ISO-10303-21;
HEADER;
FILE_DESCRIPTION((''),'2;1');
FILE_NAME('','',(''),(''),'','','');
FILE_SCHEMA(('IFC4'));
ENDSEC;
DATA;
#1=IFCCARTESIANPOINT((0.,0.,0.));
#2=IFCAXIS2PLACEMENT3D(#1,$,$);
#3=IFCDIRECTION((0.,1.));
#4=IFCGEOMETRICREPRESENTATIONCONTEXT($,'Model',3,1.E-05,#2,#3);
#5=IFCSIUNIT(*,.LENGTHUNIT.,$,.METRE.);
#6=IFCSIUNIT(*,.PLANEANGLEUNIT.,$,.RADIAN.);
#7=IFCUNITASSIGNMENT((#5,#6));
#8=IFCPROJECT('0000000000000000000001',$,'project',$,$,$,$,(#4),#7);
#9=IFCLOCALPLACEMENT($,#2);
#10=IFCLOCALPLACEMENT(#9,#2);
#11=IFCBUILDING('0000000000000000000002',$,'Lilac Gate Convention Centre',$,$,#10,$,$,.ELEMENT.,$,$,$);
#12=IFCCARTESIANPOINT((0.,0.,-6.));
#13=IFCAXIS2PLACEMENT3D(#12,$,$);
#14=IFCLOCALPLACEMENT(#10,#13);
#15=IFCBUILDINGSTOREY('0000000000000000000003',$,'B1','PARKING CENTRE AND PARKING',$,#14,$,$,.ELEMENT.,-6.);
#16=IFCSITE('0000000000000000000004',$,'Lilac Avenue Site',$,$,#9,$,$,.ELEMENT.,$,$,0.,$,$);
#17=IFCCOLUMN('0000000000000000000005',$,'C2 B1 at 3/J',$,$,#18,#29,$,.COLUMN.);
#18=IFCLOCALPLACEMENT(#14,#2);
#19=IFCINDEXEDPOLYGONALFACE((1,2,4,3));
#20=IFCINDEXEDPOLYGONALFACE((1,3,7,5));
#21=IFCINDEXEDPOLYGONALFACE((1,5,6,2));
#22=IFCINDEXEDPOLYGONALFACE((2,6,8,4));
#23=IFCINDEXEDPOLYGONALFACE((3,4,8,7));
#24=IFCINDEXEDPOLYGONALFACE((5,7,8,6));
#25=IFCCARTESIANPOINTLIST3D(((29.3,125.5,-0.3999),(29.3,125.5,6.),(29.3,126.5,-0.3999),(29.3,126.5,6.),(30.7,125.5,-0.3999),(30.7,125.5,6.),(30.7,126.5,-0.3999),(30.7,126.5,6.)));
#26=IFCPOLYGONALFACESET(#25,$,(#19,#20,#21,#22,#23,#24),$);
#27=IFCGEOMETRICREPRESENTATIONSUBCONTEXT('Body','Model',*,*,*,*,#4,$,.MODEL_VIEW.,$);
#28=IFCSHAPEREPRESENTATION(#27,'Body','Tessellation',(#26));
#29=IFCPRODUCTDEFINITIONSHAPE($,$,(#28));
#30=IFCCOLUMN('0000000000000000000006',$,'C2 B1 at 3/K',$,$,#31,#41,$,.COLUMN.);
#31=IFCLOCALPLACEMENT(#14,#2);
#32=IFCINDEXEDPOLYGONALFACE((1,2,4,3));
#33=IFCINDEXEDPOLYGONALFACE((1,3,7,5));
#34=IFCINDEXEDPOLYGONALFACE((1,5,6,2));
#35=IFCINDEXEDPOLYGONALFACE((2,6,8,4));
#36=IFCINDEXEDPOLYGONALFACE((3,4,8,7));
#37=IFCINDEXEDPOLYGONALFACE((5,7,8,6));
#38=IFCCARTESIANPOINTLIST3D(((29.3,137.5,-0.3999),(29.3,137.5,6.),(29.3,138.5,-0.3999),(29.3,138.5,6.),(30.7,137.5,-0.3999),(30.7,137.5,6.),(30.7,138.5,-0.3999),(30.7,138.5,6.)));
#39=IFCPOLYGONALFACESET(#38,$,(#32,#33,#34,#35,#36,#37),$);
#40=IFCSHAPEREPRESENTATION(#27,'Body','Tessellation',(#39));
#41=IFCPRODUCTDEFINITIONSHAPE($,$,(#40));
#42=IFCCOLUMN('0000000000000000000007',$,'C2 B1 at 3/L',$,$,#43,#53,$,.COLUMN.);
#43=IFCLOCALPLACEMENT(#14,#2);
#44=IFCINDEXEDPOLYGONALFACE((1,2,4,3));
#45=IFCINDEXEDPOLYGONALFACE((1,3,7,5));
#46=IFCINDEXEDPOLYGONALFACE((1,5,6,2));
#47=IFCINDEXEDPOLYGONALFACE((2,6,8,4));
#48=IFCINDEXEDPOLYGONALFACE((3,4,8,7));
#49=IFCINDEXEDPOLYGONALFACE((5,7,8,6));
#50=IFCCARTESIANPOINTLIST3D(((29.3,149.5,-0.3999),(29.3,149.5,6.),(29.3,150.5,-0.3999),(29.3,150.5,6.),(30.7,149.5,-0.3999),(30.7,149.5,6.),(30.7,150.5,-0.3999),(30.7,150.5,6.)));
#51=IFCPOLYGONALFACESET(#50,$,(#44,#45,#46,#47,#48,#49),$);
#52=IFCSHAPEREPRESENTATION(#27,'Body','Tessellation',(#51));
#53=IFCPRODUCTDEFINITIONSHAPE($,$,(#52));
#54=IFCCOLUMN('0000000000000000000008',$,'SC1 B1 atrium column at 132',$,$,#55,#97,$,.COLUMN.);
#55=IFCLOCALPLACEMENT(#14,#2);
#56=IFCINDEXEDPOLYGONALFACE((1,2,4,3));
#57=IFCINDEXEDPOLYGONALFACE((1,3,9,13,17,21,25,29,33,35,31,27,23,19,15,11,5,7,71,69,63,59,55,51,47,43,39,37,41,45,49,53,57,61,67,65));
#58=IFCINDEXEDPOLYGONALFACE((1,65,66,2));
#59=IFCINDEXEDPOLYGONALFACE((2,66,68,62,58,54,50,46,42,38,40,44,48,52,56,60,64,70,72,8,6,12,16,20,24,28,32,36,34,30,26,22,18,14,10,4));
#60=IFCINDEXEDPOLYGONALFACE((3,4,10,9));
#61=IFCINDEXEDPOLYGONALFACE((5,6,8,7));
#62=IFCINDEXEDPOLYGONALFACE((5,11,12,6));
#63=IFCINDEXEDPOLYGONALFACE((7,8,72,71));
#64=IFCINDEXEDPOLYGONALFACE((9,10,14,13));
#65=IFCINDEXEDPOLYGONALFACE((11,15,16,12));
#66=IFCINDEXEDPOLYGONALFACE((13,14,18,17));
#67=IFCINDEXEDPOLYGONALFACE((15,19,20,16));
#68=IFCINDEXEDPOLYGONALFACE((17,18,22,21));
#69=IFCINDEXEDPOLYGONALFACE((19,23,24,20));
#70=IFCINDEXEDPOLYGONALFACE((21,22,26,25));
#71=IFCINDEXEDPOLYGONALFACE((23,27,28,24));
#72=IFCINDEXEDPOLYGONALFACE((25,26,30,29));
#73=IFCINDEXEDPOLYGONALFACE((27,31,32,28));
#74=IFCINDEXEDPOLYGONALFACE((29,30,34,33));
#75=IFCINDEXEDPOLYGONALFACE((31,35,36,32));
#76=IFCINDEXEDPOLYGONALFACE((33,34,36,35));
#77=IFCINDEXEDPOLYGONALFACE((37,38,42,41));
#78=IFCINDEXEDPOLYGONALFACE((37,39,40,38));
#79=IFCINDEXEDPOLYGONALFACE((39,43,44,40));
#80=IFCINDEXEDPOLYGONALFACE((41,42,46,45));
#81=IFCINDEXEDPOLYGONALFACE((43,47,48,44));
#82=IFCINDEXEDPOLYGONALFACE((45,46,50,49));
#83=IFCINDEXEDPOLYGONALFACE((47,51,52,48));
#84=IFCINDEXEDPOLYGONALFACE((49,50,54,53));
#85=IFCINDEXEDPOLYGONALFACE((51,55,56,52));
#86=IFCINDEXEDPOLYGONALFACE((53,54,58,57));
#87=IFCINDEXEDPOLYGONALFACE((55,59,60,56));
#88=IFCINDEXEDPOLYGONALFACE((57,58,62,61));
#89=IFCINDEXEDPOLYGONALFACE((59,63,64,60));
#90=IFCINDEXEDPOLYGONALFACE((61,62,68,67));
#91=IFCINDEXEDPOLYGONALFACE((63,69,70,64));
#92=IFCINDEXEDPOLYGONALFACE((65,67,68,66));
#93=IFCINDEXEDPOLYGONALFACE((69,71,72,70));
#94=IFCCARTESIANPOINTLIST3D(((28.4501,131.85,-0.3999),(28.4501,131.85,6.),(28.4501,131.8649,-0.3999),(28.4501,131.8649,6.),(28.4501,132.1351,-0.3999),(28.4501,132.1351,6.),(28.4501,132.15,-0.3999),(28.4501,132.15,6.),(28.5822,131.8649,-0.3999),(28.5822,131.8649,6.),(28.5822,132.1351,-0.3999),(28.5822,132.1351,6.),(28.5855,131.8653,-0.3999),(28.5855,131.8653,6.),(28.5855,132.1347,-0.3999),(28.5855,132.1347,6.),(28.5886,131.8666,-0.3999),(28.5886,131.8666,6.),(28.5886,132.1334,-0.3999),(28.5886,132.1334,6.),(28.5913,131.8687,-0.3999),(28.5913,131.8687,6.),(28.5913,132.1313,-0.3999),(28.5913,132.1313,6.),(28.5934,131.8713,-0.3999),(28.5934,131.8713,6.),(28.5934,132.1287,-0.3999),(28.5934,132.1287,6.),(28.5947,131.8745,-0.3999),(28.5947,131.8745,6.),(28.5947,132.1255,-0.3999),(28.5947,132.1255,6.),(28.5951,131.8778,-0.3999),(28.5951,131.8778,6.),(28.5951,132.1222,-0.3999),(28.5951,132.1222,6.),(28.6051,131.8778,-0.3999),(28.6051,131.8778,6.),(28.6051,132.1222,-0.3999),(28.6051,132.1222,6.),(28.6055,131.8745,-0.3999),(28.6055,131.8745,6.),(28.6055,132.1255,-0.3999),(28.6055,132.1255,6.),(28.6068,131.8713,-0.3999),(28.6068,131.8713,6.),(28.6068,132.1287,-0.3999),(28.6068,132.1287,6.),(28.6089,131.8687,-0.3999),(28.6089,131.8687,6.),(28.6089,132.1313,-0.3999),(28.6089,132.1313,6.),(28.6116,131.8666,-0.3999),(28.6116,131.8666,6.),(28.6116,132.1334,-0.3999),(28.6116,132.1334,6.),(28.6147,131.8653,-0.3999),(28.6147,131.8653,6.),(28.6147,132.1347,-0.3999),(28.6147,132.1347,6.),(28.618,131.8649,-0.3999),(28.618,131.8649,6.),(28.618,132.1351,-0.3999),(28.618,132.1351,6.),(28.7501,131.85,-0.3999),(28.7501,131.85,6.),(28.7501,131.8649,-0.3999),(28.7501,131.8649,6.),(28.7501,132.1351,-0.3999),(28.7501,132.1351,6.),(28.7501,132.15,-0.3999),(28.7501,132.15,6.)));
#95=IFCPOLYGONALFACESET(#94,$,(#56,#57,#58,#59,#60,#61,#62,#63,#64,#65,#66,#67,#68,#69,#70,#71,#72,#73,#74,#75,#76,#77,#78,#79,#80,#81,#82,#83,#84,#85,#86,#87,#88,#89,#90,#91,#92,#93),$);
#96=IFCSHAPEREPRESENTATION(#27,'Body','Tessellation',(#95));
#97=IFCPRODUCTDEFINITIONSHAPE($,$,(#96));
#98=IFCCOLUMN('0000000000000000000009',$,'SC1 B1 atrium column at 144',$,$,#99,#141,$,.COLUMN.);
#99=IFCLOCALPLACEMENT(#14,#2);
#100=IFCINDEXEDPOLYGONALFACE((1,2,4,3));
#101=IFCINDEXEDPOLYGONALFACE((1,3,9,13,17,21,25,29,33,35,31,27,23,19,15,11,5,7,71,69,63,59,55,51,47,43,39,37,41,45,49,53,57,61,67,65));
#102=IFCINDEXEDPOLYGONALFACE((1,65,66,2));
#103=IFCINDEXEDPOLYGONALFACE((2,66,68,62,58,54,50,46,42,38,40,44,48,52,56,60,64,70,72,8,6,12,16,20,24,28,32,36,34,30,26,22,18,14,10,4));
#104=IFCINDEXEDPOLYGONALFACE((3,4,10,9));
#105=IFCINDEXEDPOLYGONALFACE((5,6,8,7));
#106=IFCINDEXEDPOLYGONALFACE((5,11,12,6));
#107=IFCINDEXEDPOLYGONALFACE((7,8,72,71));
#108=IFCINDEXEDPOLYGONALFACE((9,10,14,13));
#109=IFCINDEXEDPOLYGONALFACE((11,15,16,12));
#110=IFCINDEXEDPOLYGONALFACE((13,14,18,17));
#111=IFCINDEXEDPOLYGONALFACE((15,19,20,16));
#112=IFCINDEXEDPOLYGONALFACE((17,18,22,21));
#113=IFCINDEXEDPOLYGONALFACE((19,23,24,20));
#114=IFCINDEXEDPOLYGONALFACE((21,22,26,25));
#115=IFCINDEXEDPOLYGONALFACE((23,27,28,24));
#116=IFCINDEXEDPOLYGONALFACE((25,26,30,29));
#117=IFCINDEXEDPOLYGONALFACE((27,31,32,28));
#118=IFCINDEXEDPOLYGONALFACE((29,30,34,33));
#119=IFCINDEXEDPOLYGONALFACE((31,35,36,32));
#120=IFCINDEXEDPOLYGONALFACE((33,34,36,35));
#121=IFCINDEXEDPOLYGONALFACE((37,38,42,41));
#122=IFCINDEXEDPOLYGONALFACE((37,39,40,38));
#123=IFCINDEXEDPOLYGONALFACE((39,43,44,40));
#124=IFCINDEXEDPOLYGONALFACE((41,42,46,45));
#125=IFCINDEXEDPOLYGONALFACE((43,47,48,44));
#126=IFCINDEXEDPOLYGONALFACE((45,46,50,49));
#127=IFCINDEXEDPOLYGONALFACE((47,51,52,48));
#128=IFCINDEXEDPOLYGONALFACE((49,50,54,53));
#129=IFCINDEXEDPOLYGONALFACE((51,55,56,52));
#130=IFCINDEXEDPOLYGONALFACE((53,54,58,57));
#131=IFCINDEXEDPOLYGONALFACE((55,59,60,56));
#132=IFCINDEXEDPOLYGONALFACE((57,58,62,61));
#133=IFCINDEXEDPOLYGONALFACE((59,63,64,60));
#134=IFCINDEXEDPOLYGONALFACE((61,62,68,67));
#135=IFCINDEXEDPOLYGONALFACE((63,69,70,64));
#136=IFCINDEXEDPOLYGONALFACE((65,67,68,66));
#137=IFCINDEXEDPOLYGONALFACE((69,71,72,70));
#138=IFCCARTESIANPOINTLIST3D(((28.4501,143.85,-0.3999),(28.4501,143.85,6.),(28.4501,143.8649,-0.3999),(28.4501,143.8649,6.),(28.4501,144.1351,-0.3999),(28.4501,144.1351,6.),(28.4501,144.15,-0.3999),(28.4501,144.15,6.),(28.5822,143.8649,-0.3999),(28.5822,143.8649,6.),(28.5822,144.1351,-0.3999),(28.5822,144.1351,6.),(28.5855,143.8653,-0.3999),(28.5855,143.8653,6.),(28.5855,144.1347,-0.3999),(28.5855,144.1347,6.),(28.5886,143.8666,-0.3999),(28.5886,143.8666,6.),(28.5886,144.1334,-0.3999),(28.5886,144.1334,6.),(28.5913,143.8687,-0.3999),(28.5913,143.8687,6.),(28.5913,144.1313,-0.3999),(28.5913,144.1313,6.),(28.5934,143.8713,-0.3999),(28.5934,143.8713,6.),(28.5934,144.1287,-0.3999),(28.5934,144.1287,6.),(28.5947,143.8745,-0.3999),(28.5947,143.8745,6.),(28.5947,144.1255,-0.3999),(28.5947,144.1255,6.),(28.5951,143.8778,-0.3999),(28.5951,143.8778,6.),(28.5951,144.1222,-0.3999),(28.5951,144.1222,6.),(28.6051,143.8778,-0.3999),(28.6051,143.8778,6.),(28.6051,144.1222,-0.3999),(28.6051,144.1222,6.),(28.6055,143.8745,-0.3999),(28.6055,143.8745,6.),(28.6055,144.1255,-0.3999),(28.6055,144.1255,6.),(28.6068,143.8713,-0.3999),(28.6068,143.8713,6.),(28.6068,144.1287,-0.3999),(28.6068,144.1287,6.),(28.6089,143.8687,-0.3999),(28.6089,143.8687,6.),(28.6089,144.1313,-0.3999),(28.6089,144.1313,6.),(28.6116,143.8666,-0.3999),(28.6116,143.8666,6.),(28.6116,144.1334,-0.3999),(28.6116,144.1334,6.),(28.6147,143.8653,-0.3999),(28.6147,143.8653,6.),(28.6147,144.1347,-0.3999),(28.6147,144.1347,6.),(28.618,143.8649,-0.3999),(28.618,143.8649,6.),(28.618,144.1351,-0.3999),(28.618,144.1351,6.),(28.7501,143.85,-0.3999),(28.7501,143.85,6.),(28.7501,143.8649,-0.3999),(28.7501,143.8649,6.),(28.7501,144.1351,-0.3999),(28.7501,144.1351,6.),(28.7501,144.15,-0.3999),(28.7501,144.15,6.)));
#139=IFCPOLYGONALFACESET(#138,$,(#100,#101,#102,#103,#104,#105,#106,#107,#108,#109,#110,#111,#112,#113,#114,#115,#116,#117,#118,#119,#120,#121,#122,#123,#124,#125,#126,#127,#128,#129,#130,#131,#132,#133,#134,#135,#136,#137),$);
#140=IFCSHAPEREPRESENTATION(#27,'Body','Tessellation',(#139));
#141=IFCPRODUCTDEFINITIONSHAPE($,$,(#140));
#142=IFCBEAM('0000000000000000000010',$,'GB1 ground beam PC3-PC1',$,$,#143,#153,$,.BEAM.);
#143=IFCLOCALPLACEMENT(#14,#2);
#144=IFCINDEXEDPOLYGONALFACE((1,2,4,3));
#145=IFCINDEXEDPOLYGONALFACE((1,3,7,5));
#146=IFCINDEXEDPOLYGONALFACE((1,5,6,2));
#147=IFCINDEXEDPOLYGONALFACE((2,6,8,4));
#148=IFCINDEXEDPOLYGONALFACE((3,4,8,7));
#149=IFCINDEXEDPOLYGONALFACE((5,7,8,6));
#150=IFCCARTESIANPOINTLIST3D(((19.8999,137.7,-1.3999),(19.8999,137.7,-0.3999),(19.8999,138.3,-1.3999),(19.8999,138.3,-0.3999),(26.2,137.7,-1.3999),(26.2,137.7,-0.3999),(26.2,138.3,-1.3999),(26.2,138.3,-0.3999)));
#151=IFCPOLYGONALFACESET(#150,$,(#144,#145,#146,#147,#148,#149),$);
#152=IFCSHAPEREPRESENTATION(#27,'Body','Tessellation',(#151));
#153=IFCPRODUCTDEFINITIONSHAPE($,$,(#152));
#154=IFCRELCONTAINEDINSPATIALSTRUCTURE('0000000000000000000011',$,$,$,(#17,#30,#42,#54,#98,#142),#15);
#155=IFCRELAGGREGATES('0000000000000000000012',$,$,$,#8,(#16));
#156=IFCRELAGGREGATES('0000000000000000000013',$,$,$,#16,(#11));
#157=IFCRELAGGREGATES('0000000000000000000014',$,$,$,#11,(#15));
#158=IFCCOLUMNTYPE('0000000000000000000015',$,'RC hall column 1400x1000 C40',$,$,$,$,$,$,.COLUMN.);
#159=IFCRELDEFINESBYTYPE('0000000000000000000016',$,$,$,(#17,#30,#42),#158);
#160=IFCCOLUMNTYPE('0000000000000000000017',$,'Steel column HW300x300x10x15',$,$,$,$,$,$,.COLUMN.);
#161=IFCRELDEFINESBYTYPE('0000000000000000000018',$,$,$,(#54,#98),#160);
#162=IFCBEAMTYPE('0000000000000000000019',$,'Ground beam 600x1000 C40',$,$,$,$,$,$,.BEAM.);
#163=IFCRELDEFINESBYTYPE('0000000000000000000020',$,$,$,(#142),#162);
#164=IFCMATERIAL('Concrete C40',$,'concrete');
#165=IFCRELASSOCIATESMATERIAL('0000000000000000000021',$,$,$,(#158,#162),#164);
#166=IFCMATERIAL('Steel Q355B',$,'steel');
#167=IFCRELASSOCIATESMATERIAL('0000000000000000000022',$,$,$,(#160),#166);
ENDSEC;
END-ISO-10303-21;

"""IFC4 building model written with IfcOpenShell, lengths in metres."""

from ifc_helpers import new_model, si_unit, direction, frame, origin, origin_2d, place, context, subcontext, project, spatial, rectangle, i_section, extrude, material, material_profile, profile_set, type_object, element, save


model = new_model("IFC4")

# Units and contexts
model_context = context("Model", 3, precision=1e-05, world=origin(), true_north=direction((0.0, 1.0)))
body_context = subcontext(model_context, "Body", "Model", "MODEL_VIEW")
ifc_project = project(units=[si_unit("LENGTHUNIT", "METRE"), si_unit("PLANEANGLEUNIT", "RADIAN")], contexts=[model_context])

# Site, building, storey
site_placement = place(None, origin())
site = spatial("IfcSite", under=ifc_project, at=site_placement, Name="Lilac Avenue Site", CompositionType="ELEMENT", RefElevation=0.0)
building_placement = place(site_placement, origin())
building = spatial("IfcBuilding", under=site, at=building_placement, Name="Lilac Gate Convention Centre", CompositionType="ELEMENT")
storey_placement = place(building_placement, frame((0.0, 0.0, -6.0)))
storey = spatial("IfcBuildingStorey", under=building, at=storey_placement, Name="B1", Description="PARKING CENTRE AND PARKING", CompositionType="ELEMENT", Elevation=-6.0)

# Columns
ifc_material_1 = material(Name="Concrete C40", Category="concrete")
ifc_material_profile_1 = material_profile(ifc_material_1, rectangle(XDim=1.3999, YDim=1.0, at=origin_2d()), Name="RC 1400x1000")
ifc_profile_set_1 = profile_set([ifc_material_profile_1], Name="Concrete C40")
column_type_1 = type_object("IfcColumnType", Name="RC hall column 1400x1000 C40", PredefinedType="COLUMN", material=ifc_profile_set_1)
for number, where, z_axis, x_axis, name in (
    (1, (30.0, 126.0, -0.3999), (0.0, 0.0, 1.0), (1.0, 0.0, 0.0), "C2 B1 at 3/J"),
    (2, (30.0, 138.0, -0.3999), (0.0, 0.0, 1.0), (1.0, 0.0, 0.0), "C2 B1 at 3/K"),
    (3, (30.0, 150.0, -0.3999), (0.0, 0.0, 1.0), (1.0, 0.0, 0.0), "C2 B1 at 3/L"),
):
    element("IfcColumn", number, at=place(storey_placement, frame(where, z_axis=z_axis, x_axis=x_axis)), inside=storey, type_object=column_type_1, Name=name, PredefinedType="COLUMN", context=body_context, shape_type="SweptSolid", body=[
        extrude(rectangle(XDim=1.3999, YDim=1.0, at=origin_2d()), origin(), (0.0, 0.0, 1.0), 6.3999),
    ])
ifc_material_2 = material(Name="Steel Q355B", Category="steel")
ifc_material_profile_2 = material_profile(ifc_material_2, i_section(OverallWidth=0.3, OverallDepth=0.3, WebThickness=0.01, FlangeThickness=0.0149, FilletRadius=0.0129, at=origin_2d()), Name="HW300x300x10x15")
ifc_profile_set_2 = profile_set([ifc_material_profile_2], Name="Steel Q355B")
column_type_2 = type_object("IfcColumnType", Name="Steel column HW300x300x10x15", PredefinedType="COLUMN", material=ifc_profile_set_2)
for number, where, z_axis, x_axis, name in (
    (4, (28.6001, 132.0, -0.3999), (0.0, 0.0, 1.0), (1.0, 0.0, 0.0), "SC1 B1 atrium column at 132"),
    (5, (28.6001, 144.0, -0.3999), (0.0, 0.0, 1.0), (1.0, 0.0, 0.0), "SC1 B1 atrium column at 144"),
):
    element("IfcColumn", number, at=place(storey_placement, frame(where, z_axis=z_axis, x_axis=x_axis)), inside=storey, type_object=column_type_2, Name=name, PredefinedType="COLUMN", context=body_context, shape_type="SweptSolid", body=[
        extrude(i_section(OverallWidth=0.3, OverallDepth=0.3, WebThickness=0.01, FlangeThickness=0.0149, FilletRadius=0.0129, at=origin_2d()), origin(), (0.0, 0.0, 1.0), 6.3999),
    ])

# Beam
ifc_material_profile_3 = material_profile(ifc_material_1, rectangle(XDim=0.6001, YDim=1.0, at=origin_2d()), Name="RC 600x1000")
ifc_profile_set_3 = profile_set([ifc_material_profile_3], Name="Concrete C40")
beam_type = type_object("IfcBeamType", Name="Ground beam 600x1000 C40", PredefinedType="BEAM", material=ifc_profile_set_3)
beam_placement = place(storey_placement, frame((19.8999, 138.0, -0.8999), z_axis=(1.0, 0.0, 0.0), x_axis=(0.0, 1.0, 0.0)))
element("IfcBeam", 6, at=beam_placement, inside=storey, type_object=beam_type, Name="GB1 ground beam PC3-PC1", PredefinedType="BEAM", context=body_context, shape_type="SweptSolid", body=[
    extrude(rectangle(XDim=0.6001, YDim=1.0, at=origin_2d()), origin(), (0.0, 0.0, 1.0), 6.3),
])

save(model, "model.ifc")
